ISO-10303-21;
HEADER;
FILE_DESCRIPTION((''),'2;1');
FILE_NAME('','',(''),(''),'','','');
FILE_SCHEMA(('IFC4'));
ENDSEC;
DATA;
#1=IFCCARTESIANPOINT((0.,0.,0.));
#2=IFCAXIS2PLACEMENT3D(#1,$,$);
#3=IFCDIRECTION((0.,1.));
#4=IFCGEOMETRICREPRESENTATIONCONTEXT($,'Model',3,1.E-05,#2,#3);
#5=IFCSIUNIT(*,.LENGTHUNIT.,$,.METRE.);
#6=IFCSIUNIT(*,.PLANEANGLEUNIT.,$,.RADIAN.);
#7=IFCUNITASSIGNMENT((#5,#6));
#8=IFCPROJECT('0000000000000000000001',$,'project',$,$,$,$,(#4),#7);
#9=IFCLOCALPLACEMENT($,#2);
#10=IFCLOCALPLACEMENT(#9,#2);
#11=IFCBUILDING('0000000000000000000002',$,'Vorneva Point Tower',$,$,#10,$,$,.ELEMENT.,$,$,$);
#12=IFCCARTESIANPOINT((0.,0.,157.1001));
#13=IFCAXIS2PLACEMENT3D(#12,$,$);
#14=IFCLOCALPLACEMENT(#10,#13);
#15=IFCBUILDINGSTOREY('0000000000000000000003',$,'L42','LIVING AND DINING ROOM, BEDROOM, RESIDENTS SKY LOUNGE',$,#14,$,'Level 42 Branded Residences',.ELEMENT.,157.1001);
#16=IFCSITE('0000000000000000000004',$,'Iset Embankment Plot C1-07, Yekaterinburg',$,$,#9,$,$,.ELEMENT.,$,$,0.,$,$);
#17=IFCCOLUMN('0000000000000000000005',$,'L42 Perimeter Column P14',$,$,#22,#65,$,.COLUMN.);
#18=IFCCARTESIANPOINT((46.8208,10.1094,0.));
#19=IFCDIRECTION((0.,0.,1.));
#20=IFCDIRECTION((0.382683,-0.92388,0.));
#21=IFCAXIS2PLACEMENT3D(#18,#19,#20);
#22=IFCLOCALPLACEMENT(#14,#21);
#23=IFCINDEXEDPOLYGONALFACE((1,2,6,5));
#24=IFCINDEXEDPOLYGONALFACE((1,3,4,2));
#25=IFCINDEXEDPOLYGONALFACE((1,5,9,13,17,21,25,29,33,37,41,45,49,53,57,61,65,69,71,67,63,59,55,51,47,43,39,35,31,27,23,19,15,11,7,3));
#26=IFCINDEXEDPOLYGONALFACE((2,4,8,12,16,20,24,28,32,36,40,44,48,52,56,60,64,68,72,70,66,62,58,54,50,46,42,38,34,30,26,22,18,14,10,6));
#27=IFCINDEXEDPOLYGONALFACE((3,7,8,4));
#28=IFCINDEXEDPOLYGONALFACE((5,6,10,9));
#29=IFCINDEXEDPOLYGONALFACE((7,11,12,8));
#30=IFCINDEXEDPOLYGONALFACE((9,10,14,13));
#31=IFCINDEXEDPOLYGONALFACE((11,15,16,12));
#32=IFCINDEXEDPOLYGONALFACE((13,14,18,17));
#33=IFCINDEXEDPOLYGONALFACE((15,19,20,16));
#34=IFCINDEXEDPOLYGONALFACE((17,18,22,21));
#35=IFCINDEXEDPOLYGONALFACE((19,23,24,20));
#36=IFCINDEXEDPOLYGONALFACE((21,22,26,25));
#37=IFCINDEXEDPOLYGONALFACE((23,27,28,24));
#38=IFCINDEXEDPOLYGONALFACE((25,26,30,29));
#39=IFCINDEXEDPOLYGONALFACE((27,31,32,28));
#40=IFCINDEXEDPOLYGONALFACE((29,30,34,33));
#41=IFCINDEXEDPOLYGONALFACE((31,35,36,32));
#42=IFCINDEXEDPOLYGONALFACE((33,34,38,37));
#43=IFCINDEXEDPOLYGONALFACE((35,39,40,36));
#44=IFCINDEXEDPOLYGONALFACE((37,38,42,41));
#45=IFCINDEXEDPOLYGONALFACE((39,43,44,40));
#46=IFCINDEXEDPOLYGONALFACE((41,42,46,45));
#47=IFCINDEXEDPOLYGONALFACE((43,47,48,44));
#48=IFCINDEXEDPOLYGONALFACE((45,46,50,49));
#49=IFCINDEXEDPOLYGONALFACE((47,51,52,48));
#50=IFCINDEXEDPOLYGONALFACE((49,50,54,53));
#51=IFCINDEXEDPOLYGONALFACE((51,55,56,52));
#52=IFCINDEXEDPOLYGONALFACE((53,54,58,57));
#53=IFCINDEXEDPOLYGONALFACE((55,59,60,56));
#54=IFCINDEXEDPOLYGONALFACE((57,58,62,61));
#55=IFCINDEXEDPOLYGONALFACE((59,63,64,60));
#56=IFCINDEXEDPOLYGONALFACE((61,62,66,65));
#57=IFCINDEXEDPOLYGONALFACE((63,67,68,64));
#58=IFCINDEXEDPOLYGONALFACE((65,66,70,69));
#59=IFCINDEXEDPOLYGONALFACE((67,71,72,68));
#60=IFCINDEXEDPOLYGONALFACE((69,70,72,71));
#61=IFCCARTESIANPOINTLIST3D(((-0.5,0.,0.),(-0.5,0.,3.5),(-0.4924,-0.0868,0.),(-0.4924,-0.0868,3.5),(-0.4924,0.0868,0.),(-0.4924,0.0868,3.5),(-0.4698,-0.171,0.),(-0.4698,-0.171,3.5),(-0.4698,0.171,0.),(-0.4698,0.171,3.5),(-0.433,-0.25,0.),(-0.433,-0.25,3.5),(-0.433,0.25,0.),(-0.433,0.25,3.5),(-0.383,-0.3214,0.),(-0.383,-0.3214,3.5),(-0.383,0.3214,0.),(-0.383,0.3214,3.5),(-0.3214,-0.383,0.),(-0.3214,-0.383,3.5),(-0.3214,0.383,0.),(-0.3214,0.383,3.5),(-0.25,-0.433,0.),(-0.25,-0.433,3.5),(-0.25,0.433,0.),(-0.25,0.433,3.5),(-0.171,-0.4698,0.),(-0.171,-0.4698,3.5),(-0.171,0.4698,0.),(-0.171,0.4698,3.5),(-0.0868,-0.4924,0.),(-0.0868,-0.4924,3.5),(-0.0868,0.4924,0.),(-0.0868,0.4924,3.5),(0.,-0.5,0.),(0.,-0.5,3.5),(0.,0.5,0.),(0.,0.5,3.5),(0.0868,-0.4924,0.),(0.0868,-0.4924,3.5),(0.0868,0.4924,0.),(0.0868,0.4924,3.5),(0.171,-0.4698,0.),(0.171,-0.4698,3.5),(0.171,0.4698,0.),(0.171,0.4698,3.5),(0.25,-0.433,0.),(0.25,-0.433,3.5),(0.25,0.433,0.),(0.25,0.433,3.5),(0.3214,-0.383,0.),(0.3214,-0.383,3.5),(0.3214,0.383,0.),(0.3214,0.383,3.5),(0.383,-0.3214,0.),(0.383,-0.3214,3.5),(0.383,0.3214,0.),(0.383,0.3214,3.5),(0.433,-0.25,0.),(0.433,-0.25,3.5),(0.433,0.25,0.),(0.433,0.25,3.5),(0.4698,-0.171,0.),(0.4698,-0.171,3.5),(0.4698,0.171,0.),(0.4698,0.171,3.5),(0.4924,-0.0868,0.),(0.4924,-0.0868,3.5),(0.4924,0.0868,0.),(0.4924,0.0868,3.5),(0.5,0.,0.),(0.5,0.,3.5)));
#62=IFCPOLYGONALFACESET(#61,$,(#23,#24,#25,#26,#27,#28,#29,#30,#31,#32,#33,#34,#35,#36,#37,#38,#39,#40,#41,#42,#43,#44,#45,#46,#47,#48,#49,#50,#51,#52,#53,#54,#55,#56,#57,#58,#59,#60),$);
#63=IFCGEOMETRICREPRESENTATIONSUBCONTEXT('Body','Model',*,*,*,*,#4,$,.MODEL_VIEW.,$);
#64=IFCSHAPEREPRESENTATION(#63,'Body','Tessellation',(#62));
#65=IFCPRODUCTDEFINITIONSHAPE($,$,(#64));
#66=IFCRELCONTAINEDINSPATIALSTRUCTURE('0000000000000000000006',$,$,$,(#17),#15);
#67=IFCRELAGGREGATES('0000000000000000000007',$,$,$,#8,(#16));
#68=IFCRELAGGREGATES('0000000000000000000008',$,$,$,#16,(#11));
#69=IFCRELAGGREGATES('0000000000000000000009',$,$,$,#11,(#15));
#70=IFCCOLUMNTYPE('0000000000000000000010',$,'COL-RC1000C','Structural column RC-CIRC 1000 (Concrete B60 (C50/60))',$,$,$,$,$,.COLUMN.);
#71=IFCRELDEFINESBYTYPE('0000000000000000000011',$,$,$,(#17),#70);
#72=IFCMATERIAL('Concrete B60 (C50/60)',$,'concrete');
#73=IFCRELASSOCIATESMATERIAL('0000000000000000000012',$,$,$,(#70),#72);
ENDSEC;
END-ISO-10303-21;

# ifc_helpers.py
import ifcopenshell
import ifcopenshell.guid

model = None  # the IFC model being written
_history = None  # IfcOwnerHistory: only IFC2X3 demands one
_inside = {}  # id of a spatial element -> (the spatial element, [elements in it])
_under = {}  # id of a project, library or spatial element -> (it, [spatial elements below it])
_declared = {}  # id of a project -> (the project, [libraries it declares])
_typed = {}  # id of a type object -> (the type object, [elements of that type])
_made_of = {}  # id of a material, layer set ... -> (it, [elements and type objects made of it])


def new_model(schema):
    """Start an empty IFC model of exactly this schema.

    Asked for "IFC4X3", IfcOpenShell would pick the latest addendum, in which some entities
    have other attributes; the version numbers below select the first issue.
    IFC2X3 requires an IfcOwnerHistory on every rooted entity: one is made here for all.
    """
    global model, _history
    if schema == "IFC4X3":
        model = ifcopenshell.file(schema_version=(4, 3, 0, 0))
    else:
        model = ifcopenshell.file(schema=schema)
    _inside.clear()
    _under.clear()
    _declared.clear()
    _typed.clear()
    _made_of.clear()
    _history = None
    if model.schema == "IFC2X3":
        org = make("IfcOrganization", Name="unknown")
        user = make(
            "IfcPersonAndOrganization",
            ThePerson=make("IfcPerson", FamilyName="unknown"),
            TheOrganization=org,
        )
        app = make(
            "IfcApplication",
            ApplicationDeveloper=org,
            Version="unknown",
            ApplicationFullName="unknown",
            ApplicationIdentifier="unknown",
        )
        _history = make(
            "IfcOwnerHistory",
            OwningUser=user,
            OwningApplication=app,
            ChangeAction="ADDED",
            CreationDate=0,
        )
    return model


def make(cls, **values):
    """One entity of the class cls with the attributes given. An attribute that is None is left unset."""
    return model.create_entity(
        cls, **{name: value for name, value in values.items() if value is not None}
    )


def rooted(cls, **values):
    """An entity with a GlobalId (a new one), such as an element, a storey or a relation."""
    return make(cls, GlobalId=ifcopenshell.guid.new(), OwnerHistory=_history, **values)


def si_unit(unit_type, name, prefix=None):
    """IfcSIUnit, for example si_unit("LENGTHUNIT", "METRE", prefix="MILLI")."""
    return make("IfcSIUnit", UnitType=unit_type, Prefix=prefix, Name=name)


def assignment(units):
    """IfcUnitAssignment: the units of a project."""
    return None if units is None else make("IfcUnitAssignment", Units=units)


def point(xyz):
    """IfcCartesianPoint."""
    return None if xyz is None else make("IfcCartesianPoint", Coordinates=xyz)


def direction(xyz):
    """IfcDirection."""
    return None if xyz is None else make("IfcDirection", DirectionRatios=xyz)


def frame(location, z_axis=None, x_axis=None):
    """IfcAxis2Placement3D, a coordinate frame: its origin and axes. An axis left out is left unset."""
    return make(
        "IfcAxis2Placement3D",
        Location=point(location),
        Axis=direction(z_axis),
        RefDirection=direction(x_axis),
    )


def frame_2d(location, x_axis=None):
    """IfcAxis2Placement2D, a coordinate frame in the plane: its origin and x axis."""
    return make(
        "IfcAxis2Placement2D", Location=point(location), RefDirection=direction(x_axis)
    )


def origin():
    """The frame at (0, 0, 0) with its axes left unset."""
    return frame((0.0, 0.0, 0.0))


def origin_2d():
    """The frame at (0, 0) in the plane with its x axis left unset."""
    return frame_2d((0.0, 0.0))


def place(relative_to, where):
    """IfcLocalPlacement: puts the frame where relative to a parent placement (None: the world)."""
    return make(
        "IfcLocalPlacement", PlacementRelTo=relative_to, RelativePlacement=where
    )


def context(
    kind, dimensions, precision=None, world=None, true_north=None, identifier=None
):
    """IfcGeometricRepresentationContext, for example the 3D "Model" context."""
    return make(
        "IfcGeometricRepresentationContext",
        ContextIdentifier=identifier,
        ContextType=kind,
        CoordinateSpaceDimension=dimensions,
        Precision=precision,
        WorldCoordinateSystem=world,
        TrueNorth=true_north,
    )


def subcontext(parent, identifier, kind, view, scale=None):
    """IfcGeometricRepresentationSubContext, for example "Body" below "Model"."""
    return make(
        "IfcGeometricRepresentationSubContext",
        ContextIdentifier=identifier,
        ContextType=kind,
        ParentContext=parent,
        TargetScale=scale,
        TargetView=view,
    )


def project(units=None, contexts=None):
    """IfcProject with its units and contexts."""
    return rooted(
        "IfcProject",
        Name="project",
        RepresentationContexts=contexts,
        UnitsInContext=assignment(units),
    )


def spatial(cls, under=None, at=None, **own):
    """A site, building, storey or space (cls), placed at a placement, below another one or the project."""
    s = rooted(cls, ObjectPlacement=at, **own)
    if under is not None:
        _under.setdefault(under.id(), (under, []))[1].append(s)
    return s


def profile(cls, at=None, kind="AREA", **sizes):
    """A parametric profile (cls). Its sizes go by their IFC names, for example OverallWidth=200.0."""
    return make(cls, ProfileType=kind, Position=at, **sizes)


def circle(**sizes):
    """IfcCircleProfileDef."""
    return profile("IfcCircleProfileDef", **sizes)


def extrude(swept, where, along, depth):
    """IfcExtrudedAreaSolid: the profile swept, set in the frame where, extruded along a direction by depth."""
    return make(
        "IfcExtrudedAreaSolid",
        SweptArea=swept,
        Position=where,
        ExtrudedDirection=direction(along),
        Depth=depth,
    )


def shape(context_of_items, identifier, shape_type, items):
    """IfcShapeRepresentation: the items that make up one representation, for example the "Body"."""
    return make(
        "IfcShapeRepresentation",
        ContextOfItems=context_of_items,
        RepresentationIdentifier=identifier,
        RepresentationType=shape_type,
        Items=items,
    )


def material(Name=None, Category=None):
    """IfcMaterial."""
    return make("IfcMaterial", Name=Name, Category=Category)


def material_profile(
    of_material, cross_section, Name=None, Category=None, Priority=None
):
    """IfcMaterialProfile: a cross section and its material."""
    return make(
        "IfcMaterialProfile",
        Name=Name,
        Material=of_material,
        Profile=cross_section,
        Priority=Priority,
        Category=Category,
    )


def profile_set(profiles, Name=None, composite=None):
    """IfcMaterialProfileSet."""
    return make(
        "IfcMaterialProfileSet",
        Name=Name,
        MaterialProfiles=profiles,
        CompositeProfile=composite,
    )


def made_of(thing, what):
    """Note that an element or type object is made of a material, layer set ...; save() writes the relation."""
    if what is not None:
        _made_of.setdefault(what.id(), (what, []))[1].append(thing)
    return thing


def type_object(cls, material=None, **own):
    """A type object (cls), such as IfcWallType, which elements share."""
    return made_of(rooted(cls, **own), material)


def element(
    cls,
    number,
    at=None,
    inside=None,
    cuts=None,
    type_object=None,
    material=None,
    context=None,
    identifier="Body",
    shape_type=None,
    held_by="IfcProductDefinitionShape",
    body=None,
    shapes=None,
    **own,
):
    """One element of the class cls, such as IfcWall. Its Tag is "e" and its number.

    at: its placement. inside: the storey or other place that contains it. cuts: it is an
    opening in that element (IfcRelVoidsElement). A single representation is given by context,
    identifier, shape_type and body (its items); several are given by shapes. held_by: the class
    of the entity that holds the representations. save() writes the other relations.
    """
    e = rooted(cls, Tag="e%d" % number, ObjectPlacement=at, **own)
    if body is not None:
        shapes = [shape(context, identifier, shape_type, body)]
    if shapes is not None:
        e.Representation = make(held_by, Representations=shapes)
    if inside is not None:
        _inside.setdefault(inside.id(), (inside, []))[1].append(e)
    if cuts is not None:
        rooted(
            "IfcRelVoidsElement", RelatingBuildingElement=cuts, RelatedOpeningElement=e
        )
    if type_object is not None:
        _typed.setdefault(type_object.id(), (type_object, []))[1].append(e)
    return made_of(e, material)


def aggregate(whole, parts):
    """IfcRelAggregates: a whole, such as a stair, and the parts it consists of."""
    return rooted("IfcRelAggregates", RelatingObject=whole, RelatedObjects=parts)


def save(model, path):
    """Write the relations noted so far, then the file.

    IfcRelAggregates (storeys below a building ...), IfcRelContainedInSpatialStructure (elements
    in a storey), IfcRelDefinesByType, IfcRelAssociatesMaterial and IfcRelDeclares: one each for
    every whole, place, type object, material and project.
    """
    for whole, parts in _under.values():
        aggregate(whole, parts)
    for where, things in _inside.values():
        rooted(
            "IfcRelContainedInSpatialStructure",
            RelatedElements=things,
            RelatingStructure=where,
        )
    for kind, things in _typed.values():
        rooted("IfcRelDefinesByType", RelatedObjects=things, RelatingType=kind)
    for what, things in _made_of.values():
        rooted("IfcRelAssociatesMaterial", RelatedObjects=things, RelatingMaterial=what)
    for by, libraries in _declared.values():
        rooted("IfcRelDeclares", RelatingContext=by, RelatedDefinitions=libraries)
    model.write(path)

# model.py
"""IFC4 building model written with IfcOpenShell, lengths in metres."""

from ifc_helpers import new_model, si_unit, direction, frame, origin, origin_2d, place, context, subcontext, project, spatial, circle, extrude, material, material_profile, profile_set, type_object, element, save


model = new_model("IFC4")

# Units and contexts
model_context = context("Model", 3, precision=1e-05, world=origin(), true_north=direction((0.0, 1.0)))
body_context = subcontext(model_context, "Body", "Model", "MODEL_VIEW")
ifc_project = project(units=[si_unit("LENGTHUNIT", "METRE"), si_unit("PLANEANGLEUNIT", "RADIAN")], contexts=[model_context])

# Site, building, storey
site_placement = place(None, origin())
site = spatial("IfcSite", under=ifc_project, at=site_placement, Name="Iset Embankment Plot C1-07, Yekaterinburg", CompositionType="ELEMENT", RefElevation=0.0)
building_placement = place(site_placement, origin())
building = spatial("IfcBuilding", under=site, at=building_placement, Name="Vorneva Point Tower", CompositionType="ELEMENT")
storey_placement = place(building_placement, frame((0.0, 0.0, 157.1001)))
storey = spatial("IfcBuildingStorey", under=building, at=storey_placement, Name="L42", Description="LIVING AND DINING ROOM, BEDROOM, RESIDENTS SKY LOUNGE", LongName="Level 42 Branded Residences", CompositionType="ELEMENT", Elevation=157.1001)

# Column
ifc_material_1 = material(Name="Concrete B60 (C50/60)", Category="concrete")
ifc_material_profile_1 = material_profile(ifc_material_1, circle(Radius=0.5, at=origin_2d()), Name="RC-CIRC 1000")
ifc_profile_set_1 = profile_set([ifc_material_profile_1], Name="Concrete B60 (C50/60)")
column_type = type_object("IfcColumnType", Name="COL-RC1000C", Description="Structural column RC-CIRC 1000 (Concrete B60 (C50/60))", PredefinedType="COLUMN", material=ifc_profile_set_1)
for number, where, z_axis, x_axis, name in (
    (1, (46.8208, 10.1094, 0.0), (0.0, 0.0, 1.0), (0.382683, -0.92388, 0.0), "L42 Perimeter Column P14"),
):
    element("IfcColumn", number, at=place(storey_placement, frame(where, z_axis=z_axis, x_axis=x_axis)), inside=storey, type_object=column_type, Name=name, PredefinedType="COLUMN", context=body_context, shape_type="SweptSolid", body=[
        extrude(circle(Radius=0.5, at=origin_2d()), origin(), (0.0, 0.0, 1.0), 3.5),
    ])

save(model, "model.ifc")
